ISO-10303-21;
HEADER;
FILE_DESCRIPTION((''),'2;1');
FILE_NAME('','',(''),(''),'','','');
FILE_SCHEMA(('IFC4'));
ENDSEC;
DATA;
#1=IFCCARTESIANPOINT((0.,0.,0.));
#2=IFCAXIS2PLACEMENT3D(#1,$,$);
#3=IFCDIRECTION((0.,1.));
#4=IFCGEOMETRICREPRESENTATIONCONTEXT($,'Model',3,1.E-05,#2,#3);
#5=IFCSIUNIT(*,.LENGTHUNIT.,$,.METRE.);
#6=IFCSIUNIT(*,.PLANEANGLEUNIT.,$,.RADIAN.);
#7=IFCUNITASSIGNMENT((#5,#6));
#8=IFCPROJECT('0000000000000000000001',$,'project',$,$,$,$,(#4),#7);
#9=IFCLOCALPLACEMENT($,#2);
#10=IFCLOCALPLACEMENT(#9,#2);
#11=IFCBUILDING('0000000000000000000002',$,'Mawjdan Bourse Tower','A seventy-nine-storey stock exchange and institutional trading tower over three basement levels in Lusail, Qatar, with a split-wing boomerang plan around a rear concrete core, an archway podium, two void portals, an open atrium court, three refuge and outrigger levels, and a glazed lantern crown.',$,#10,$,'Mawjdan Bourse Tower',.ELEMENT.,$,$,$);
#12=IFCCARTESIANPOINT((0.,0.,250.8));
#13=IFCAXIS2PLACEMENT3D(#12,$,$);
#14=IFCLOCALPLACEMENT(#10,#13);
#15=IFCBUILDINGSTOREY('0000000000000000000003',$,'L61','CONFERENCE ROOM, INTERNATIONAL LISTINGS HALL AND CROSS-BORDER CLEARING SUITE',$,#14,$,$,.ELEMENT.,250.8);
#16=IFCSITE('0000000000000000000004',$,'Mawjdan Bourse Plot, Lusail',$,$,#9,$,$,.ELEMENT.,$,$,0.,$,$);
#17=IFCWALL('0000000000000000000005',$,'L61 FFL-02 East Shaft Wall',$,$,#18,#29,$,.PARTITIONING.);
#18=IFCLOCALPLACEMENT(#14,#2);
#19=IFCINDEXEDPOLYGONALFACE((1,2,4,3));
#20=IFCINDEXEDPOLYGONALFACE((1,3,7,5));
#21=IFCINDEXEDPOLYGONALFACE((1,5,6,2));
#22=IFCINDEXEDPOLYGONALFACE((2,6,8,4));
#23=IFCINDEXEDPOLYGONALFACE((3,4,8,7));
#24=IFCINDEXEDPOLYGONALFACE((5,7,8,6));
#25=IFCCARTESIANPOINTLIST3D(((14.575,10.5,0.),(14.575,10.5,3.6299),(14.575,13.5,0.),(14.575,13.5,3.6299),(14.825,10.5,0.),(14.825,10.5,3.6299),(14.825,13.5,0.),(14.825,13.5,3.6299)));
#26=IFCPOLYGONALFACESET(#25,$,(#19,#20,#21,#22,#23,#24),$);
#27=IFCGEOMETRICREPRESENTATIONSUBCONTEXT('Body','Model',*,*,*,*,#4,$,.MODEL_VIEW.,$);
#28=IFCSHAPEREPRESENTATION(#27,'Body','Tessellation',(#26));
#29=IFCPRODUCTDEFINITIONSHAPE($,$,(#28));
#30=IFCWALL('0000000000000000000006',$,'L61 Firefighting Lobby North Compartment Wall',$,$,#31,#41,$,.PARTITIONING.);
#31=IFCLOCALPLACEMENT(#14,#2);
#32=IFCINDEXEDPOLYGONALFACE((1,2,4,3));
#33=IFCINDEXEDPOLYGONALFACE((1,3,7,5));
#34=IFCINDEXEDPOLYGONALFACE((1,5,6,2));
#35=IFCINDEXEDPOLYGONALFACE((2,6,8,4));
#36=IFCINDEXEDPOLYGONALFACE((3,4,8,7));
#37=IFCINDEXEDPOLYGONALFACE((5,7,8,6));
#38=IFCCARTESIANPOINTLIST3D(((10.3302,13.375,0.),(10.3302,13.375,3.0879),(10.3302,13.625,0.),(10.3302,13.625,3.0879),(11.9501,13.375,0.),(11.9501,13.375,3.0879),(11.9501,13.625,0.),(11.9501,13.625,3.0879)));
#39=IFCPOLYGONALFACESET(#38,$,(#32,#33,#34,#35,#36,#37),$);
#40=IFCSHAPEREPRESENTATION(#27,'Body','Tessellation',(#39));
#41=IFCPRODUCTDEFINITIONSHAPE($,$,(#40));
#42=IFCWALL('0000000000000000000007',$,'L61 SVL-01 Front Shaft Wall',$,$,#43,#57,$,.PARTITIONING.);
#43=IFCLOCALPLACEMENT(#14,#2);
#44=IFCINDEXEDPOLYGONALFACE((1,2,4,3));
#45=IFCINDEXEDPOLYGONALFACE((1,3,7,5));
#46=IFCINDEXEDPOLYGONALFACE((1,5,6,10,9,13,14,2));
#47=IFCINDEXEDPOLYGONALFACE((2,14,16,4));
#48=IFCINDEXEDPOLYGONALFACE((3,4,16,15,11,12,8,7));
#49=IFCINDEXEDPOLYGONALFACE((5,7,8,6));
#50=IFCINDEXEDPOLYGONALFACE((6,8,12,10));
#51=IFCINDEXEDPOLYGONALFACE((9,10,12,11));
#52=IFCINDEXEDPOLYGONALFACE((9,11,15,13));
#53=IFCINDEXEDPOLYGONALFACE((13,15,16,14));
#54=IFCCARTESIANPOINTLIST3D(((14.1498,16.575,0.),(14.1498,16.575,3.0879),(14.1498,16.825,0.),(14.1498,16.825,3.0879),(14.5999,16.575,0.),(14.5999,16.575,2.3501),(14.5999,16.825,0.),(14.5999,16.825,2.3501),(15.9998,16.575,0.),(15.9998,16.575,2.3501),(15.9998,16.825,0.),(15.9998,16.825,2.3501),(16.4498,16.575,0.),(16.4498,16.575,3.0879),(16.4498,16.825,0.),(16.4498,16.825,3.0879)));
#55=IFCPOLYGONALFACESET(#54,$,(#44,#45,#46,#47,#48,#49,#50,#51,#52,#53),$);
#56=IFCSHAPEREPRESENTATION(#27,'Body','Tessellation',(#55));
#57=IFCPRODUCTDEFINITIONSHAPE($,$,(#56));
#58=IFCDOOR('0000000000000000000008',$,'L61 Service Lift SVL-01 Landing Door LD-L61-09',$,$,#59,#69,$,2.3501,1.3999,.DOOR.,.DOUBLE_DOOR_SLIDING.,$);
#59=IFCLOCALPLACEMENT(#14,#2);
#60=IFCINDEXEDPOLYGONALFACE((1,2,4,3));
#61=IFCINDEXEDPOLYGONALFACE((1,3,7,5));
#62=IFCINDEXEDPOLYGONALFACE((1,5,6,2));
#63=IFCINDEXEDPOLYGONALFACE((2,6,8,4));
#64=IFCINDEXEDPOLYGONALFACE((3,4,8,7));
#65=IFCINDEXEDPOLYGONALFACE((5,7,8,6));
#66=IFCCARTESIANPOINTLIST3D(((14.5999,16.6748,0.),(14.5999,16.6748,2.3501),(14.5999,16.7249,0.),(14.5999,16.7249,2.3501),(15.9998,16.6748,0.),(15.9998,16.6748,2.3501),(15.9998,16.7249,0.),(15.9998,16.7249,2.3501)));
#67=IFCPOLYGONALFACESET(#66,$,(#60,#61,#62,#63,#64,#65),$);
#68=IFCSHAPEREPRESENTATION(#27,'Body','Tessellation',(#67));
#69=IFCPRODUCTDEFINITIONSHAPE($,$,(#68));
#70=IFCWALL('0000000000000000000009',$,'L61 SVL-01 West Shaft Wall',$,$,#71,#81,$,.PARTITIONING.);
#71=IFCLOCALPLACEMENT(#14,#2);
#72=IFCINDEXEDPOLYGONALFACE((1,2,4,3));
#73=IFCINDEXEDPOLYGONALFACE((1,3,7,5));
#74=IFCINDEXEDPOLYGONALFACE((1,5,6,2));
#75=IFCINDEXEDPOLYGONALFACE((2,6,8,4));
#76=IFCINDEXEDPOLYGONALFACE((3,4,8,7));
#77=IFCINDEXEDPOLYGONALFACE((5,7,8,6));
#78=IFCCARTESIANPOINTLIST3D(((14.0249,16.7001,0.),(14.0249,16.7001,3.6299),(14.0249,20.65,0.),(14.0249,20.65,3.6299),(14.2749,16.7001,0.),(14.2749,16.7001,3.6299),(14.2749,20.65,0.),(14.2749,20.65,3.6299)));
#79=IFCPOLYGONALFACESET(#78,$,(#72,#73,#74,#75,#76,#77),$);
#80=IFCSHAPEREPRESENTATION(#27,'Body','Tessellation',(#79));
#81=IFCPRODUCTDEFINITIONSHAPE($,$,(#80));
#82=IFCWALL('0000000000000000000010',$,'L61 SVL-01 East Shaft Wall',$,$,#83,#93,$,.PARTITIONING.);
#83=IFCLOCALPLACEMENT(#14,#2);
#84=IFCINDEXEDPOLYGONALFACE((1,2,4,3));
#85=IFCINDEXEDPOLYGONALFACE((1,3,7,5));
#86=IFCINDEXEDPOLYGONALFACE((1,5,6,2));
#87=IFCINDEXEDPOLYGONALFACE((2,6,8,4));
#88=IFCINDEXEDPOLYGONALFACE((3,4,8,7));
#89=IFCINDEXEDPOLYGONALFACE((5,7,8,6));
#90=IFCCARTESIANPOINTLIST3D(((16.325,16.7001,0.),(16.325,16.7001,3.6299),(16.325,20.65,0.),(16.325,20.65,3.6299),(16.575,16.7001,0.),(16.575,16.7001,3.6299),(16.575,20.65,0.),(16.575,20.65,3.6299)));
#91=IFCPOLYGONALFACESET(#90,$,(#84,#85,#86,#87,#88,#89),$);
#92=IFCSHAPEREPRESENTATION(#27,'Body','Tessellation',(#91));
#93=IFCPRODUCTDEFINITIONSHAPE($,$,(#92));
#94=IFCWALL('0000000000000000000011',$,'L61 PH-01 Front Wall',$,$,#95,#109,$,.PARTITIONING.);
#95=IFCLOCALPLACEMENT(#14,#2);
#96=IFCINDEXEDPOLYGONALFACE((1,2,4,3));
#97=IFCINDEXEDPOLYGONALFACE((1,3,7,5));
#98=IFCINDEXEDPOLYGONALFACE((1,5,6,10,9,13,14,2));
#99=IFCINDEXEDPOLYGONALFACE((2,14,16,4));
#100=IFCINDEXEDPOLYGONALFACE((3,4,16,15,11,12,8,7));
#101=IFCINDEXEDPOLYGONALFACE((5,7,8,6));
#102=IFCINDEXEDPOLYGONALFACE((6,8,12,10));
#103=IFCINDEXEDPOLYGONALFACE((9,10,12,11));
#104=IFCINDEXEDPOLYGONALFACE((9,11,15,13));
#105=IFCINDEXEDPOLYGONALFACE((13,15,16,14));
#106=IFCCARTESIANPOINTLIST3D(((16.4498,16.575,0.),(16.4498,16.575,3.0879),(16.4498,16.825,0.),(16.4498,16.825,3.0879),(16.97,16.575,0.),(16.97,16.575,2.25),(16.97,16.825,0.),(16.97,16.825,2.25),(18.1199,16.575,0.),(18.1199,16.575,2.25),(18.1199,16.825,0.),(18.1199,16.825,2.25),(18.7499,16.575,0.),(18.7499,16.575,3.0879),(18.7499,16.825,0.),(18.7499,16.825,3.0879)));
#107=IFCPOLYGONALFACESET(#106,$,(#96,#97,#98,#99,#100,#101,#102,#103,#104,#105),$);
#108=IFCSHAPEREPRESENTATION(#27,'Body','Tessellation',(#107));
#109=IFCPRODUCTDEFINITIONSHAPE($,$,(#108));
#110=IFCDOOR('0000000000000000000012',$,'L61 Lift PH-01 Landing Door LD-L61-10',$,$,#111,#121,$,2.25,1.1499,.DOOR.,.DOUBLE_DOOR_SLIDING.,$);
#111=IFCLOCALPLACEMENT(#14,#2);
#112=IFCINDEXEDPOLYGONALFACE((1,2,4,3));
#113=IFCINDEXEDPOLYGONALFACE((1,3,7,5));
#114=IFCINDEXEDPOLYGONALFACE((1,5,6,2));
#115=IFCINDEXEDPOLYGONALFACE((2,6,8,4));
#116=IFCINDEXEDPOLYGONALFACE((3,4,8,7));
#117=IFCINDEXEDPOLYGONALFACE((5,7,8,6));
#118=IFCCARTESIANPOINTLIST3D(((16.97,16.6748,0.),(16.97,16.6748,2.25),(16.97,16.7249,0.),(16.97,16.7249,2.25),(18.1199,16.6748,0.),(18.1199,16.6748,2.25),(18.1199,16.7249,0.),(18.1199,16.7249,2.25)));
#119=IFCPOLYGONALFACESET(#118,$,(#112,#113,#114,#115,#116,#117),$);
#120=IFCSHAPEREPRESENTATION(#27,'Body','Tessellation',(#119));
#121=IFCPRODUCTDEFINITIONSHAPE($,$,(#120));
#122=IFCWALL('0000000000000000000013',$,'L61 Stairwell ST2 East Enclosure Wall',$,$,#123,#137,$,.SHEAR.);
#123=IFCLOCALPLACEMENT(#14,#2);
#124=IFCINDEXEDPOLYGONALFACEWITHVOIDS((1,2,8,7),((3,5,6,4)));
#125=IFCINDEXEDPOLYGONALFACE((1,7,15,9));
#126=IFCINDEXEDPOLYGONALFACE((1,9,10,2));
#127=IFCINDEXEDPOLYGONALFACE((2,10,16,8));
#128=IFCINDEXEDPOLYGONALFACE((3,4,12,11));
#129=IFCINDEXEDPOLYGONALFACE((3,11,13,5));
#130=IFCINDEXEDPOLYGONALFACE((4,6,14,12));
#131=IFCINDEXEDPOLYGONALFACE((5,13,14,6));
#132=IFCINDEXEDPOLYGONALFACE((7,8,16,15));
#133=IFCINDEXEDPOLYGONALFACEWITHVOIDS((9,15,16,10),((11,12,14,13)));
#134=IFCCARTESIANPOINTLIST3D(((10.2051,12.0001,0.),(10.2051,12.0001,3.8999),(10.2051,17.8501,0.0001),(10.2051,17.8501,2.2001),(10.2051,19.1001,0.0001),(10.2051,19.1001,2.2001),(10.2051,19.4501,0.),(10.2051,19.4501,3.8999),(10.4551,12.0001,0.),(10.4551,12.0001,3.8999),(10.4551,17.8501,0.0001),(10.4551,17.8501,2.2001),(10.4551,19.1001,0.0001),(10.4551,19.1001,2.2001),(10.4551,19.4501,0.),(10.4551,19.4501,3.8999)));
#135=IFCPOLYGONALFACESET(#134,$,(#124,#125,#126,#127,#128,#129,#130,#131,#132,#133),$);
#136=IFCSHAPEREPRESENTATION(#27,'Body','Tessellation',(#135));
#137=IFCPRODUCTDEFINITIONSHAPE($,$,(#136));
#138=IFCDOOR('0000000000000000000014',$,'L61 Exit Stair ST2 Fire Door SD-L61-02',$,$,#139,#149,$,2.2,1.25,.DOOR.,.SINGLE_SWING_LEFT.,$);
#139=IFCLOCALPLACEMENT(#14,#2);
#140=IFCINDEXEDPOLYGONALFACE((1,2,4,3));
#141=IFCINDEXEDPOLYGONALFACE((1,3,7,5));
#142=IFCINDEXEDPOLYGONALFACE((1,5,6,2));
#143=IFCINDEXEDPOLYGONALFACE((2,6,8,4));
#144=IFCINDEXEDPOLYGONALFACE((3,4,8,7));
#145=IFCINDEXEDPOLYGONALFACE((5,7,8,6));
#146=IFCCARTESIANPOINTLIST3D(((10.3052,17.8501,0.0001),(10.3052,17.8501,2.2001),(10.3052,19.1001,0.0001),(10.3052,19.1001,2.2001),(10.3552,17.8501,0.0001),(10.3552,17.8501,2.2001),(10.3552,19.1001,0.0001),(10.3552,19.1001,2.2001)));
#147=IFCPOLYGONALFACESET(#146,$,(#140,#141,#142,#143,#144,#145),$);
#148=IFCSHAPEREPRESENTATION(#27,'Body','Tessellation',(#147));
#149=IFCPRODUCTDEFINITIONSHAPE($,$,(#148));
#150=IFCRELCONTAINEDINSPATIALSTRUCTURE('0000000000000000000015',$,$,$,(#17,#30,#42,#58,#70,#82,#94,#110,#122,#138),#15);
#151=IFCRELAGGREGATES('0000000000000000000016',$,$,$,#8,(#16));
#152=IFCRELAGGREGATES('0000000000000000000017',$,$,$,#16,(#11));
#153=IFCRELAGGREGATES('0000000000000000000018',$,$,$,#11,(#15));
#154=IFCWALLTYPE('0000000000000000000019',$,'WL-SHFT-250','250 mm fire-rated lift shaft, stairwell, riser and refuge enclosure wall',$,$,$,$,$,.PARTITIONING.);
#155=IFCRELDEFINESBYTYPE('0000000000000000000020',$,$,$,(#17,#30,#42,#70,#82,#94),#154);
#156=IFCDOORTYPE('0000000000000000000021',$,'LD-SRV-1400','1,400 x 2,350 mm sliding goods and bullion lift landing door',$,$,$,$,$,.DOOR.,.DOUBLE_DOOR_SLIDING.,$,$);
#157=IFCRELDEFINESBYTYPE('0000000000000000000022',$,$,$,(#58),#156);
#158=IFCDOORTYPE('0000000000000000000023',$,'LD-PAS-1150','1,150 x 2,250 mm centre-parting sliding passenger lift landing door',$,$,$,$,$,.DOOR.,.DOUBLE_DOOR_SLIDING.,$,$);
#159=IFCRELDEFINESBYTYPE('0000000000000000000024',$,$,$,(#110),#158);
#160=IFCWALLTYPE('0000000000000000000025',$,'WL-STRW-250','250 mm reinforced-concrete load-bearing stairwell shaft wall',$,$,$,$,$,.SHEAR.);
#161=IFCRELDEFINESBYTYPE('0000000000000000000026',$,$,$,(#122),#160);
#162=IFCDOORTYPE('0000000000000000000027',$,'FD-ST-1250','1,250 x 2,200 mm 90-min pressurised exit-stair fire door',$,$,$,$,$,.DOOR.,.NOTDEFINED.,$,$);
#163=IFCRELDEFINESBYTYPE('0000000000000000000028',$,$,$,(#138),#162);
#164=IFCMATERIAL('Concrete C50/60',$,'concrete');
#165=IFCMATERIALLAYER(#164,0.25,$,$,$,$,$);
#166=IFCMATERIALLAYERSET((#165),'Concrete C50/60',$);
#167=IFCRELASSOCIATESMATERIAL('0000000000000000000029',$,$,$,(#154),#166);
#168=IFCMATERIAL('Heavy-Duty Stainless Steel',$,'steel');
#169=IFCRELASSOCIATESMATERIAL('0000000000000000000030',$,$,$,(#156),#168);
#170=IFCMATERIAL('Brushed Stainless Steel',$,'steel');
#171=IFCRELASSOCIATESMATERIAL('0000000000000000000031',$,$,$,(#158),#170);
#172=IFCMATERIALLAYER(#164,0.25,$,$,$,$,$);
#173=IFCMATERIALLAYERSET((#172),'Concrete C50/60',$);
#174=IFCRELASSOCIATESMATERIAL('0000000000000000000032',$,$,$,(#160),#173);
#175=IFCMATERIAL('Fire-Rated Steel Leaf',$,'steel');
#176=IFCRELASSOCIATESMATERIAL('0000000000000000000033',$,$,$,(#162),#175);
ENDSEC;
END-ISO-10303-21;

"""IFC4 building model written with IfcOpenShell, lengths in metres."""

from ifc_helpers import new_model, si_unit, direction, frame, frame_2d, origin, place, context, subcontext, project, spatial, rectangle, extrude, material, layer, layer_set, type_object, element, fill, save


model = new_model("IFC4")

# Units and contexts
model_context = context("Model", 3, precision=1e-05, world=origin(), true_north=direction((0.0, 1.0)))
body_context = subcontext(model_context, "Body", "Model", "MODEL_VIEW")
ifc_project = project(units=[si_unit("LENGTHUNIT", "METRE"), si_unit("PLANEANGLEUNIT", "RADIAN")], contexts=[model_context])

# Site, building, storey
site_placement = place(None, origin())
site = spatial("IfcSite", under=ifc_project, at=site_placement, Name="Mawjdan Bourse Plot, Lusail", CompositionType="ELEMENT", RefElevation=0.0)
building_placement = place(site_placement, origin())
building = spatial("IfcBuilding", under=site, at=building_placement, Name="Mawjdan Bourse Tower", Description="A seventy-nine-storey stock exchange and institutional trading tower over three basement levels in Lusail, Qatar, with a split-wing boomerang plan around a rear concrete core, an archway podium, two void portals, an open atrium court, three refuge and outrigger levels, and a glazed lantern crown.", LongName="Mawjdan Bourse Tower", CompositionType="ELEMENT")
storey_placement = place(building_placement, frame((0.0, 0.0, 250.8)))
storey = spatial("IfcBuildingStorey", under=building, at=storey_placement, Name="L61", Description="CONFERENCE ROOM, INTERNATIONAL LISTINGS HALL AND CROSS-BORDER CLEARING SUITE", CompositionType="ELEMENT", Elevation=250.8)

# Shared definitions
ifc_material_1 = material(Name="Concrete C50/60", Category="concrete")
ifc_layer_1 = layer(ifc_material_1, 0.25)
ifc_layer_set_1 = layer_set([ifc_layer_1], Name="Concrete C50/60")
wall_type_1 = type_object("IfcWallType", Name="WL-SHFT-250", Description="250 mm fire-rated lift shaft, stairwell, riser and refuge enclosure wall", PredefinedType="PARTITIONING", material=ifc_layer_set_1)
ifc_material_2 = material(Name="Brushed Stainless Steel", Category="steel")

# Walls
wall_1_placement = place(storey_placement, frame((14.7, 10.5, 0.0), z_axis=(0.0, 0.0, 1.0), x_axis=(0.0, 1.0, 0.0)))
element("IfcWall", 1, at=wall_1_placement, inside=storey, type_object=wall_type_1, Name="L61 FFL-02 East Shaft Wall", PredefinedType="PARTITIONING", context=body_context, shape_type="SweptSolid", body=[
    extrude(rectangle(XDim=3.0, YDim=0.25, at=frame_2d((1.5, 0.0))), origin(), (0.0, 0.0, 1.0), 3.6299),
])
wall_2_placement = place(storey_placement, frame((10.3301, 13.5, 0.0), z_axis=(0.0, 0.0, 1.0), x_axis=(1.0, 0.0, 0.0)))
element("IfcWall", 2, at=wall_2_placement, inside=storey, type_object=wall_type_1, Name="L61 Firefighting Lobby North Compartment Wall", PredefinedType="PARTITIONING", context=body_context, shape_type="SweptSolid", body=[
    extrude(rectangle(XDim=1.6199, YDim=0.25, at=frame_2d((0.8101, 0.0))), origin(), (0.0, 0.0, 1.0), 3.0879),
])

# Wall, opening, door
wall_3_placement = place(storey_placement, frame((14.1499, 16.7, 0.0), z_axis=(0.0, 0.0, 1.0), x_axis=(1.0, 0.0, 0.0)))
wall_3 = element("IfcWall", 3, at=wall_3_placement, inside=storey, type_object=wall_type_1, Name="L61 SVL-01 Front Shaft Wall", PredefinedType="PARTITIONING", context=body_context, shape_type="SweptSolid", body=[
    extrude(rectangle(XDim=2.3, YDim=0.25, at=frame_2d((1.1499, 0.0))), origin(), (0.0, 0.0, 1.0), 3.0879),
])
opening_1_placement = place(wall_3_placement, frame((0.45, 0.0, 0.0)))
opening_1 = element("IfcOpeningElement", 4, at=opening_1_placement, cuts=wall_3, PredefinedType="OPENING", context=body_context, shape_type="SweptSolid", body=[
    extrude(rectangle(XDim=1.3999, YDim=2.3501, at=frame_2d((0.7, 1.175))), frame((0.0, 0.135, 0.0), z_axis=(0.0, -1.0, 0.0), x_axis=(1.0, 0.0, 0.0)), (0.0, 0.0, 1.0), 0.27),
])
ifc_material_3 = material(Name="Heavy-Duty Stainless Steel", Category="steel")
door_type_1 = type_object("IfcDoorType", Name="LD-SRV-1400", Description="1,400 x 2,350 mm sliding goods and bullion lift landing door", OperationType="DOUBLE_DOOR_SLIDING", PredefinedType="DOOR", material=ifc_material_3)
door_1_placement = place(opening_1_placement, origin())
door_1 = element("IfcDoor", 5, at=door_1_placement, inside=storey, type_object=door_type_1, Name="L61 Service Lift SVL-01 Landing Door LD-L61-09", OperationType="DOUBLE_DOOR_SLIDING", OverallHeight=2.3501, OverallWidth=1.3999, PredefinedType="DOOR", context=body_context, shape_type="SweptSolid", body=[
    extrude(rectangle(XDim=1.3999, YDim=2.3501, at=frame_2d((0.7, 1.175))), frame((0.0, 0.0249, 0.0), z_axis=(0.0, -1.0, 0.0), x_axis=(1.0, 0.0, 0.0)), (0.0, 0.0, 1.0), 0.05),
])
fill(opening_1, door_1)

# Walls
for number, where, z_axis, x_axis, name in (
    (6, (14.1499, 16.7, 0.0), (0.0, 0.0, 1.0), (0.0, 1.0, 0.0), "L61 SVL-01 West Shaft Wall"),
    (7, (16.45, 16.7, 0.0), (0.0, 0.0, 1.0), (0.0, 1.0, 0.0), "L61 SVL-01 East Shaft Wall"),
):
    element("IfcWall", number, at=place(storey_placement, frame(where, z_axis=z_axis, x_axis=x_axis)), inside=storey, type_object=wall_type_1, Name=name, PredefinedType="PARTITIONING", context=body_context, shape_type="SweptSolid", body=[
        extrude(rectangle(XDim=3.95, YDim=0.25, at=frame_2d((1.9751, 0.0))), origin(), (0.0, 0.0, 1.0), 3.6299),
    ])

# Walls, openings, doors
wall_4_placement = place(storey_placement, frame((16.45, 16.7, 0.0), z_axis=(0.0, 0.0, 1.0), x_axis=(1.0, 0.0, 0.0)))
wall_4 = element("IfcWall", 8, at=wall_4_placement, inside=storey, type_object=wall_type_1, Name="L61 PH-01 Front Wall", PredefinedType="PARTITIONING", context=body_context, shape_type="SweptSolid", body=[
    extrude(rectangle(XDim=2.3, YDim=0.25, at=frame_2d((1.1499, 0.0))), origin(), (0.0, 0.0, 1.0), 3.0879),
])
opening_2_placement = place(wall_4_placement, frame((0.52, 0.0, 0.0)))
opening_2 = element("IfcOpeningElement", 9, at=opening_2_placement, cuts=wall_4, PredefinedType="OPENING", context=body_context, shape_type="SweptSolid", body=[
    extrude(rectangle(XDim=1.1499, YDim=2.25, at=frame_2d((0.575, 1.125))), frame((0.0, 0.135, 0.0), z_axis=(0.0, -1.0, 0.0), x_axis=(1.0, 0.0, 0.0)), (0.0, 0.0, 1.0), 0.27),
])
door_type_2 = type_object("IfcDoorType", Name="LD-PAS-1150", Description="1,150 x 2,250 mm centre-parting sliding passenger lift landing door", OperationType="DOUBLE_DOOR_SLIDING", PredefinedType="DOOR", material=ifc_material_2)
door_2_placement = place(opening_2_placement, origin())
door_2 = element("IfcDoor", 10, at=door_2_placement, inside=storey, type_object=door_type_2, Name="L61 Lift PH-01 Landing Door LD-L61-10", OperationType="DOUBLE_DOOR_SLIDING", OverallHeight=2.25, OverallWidth=1.1499, PredefinedType="DOOR", context=body_context, shape_type="SweptSolid", body=[
    extrude(rectangle(XDim=1.1499, YDim=2.25, at=frame_2d((0.575, 1.125))), frame((0.0, 0.0249, 0.0), z_axis=(0.0, -1.0, 0.0), x_axis=(1.0, 0.0, 0.0)), (0.0, 0.0, 1.0), 0.05),
])
fill(opening_2, door_2)
ifc_layer_2 = layer(ifc_material_1, 0.25)
ifc_layer_set_2 = layer_set([ifc_layer_2], Name="Concrete C50/60")
wall_type_2 = type_object("IfcWallType", Name="WL-STRW-250", Description="250 mm reinforced-concrete load-bearing stairwell shaft wall", PredefinedType="SHEAR", material=ifc_layer_set_2)
wall_5_placement = place(storey_placement, frame((10.3301, 12.0, 0.0), z_axis=(0.0, 0.0, 1.0), x_axis=(0.0, 1.0, 0.0)))
wall_5 = element("IfcWall", 11, at=wall_5_placement, inside=storey, type_object=wall_type_2, Name="L61 Stairwell ST2 East Enclosure Wall", PredefinedType="SHEAR", context=body_context, shape_type="SweptSolid", body=[
    extrude(rectangle(XDim=7.45, YDim=0.25, at=frame_2d((3.7251, 0.0))), origin(), (0.0, 0.0, 1.0), 3.8999),
])
opening_3_placement = place(wall_5_placement, frame((5.8501, 0.0, 0.0)))
opening_3 = element("IfcOpeningElement", 12, at=opening_3_placement, cuts=wall_5, PredefinedType="OPENING", context=body_context, shape_type="SweptSolid", body=[
    extrude(rectangle(XDim=1.25, YDim=2.2, at=frame_2d((0.625, 1.1001))), frame((0.0, 0.135, 0.0), z_axis=(0.0, -1.0, 0.0), x_axis=(1.0, 0.0, 0.0)), (0.0, 0.0, 1.0), 0.27),
])
ifc_material_4 = material(Name="Fire-Rated Steel Leaf", Category="steel")
door_type_3 = type_object("IfcDoorType", Name="FD-ST-1250", Description="1,250 x 2,200 mm 90-min pressurised exit-stair fire door", OperationType="NOTDEFINED", PredefinedType="DOOR", material=ifc_material_4)
door_3_placement = place(opening_3_placement, origin())
door_3 = element("IfcDoor", 13, at=door_3_placement, inside=storey, type_object=door_type_3, Name="L61 Exit Stair ST2 Fire Door SD-L61-02", OperationType="SINGLE_SWING_LEFT", OverallHeight=2.2, OverallWidth=1.25, PredefinedType="DOOR", context=body_context, shape_type="SweptSolid", body=[
    extrude(rectangle(XDim=1.25, YDim=2.2, at=frame_2d((0.625, 1.1001))), frame((0.0, 0.0249, 0.0), z_axis=(0.0, -1.0, 0.0), x_axis=(1.0, 0.0, 0.0)), (0.0, 0.0, 1.0), 0.05),
])
fill(opening_3, door_3)

save(model, "model.ifc")
